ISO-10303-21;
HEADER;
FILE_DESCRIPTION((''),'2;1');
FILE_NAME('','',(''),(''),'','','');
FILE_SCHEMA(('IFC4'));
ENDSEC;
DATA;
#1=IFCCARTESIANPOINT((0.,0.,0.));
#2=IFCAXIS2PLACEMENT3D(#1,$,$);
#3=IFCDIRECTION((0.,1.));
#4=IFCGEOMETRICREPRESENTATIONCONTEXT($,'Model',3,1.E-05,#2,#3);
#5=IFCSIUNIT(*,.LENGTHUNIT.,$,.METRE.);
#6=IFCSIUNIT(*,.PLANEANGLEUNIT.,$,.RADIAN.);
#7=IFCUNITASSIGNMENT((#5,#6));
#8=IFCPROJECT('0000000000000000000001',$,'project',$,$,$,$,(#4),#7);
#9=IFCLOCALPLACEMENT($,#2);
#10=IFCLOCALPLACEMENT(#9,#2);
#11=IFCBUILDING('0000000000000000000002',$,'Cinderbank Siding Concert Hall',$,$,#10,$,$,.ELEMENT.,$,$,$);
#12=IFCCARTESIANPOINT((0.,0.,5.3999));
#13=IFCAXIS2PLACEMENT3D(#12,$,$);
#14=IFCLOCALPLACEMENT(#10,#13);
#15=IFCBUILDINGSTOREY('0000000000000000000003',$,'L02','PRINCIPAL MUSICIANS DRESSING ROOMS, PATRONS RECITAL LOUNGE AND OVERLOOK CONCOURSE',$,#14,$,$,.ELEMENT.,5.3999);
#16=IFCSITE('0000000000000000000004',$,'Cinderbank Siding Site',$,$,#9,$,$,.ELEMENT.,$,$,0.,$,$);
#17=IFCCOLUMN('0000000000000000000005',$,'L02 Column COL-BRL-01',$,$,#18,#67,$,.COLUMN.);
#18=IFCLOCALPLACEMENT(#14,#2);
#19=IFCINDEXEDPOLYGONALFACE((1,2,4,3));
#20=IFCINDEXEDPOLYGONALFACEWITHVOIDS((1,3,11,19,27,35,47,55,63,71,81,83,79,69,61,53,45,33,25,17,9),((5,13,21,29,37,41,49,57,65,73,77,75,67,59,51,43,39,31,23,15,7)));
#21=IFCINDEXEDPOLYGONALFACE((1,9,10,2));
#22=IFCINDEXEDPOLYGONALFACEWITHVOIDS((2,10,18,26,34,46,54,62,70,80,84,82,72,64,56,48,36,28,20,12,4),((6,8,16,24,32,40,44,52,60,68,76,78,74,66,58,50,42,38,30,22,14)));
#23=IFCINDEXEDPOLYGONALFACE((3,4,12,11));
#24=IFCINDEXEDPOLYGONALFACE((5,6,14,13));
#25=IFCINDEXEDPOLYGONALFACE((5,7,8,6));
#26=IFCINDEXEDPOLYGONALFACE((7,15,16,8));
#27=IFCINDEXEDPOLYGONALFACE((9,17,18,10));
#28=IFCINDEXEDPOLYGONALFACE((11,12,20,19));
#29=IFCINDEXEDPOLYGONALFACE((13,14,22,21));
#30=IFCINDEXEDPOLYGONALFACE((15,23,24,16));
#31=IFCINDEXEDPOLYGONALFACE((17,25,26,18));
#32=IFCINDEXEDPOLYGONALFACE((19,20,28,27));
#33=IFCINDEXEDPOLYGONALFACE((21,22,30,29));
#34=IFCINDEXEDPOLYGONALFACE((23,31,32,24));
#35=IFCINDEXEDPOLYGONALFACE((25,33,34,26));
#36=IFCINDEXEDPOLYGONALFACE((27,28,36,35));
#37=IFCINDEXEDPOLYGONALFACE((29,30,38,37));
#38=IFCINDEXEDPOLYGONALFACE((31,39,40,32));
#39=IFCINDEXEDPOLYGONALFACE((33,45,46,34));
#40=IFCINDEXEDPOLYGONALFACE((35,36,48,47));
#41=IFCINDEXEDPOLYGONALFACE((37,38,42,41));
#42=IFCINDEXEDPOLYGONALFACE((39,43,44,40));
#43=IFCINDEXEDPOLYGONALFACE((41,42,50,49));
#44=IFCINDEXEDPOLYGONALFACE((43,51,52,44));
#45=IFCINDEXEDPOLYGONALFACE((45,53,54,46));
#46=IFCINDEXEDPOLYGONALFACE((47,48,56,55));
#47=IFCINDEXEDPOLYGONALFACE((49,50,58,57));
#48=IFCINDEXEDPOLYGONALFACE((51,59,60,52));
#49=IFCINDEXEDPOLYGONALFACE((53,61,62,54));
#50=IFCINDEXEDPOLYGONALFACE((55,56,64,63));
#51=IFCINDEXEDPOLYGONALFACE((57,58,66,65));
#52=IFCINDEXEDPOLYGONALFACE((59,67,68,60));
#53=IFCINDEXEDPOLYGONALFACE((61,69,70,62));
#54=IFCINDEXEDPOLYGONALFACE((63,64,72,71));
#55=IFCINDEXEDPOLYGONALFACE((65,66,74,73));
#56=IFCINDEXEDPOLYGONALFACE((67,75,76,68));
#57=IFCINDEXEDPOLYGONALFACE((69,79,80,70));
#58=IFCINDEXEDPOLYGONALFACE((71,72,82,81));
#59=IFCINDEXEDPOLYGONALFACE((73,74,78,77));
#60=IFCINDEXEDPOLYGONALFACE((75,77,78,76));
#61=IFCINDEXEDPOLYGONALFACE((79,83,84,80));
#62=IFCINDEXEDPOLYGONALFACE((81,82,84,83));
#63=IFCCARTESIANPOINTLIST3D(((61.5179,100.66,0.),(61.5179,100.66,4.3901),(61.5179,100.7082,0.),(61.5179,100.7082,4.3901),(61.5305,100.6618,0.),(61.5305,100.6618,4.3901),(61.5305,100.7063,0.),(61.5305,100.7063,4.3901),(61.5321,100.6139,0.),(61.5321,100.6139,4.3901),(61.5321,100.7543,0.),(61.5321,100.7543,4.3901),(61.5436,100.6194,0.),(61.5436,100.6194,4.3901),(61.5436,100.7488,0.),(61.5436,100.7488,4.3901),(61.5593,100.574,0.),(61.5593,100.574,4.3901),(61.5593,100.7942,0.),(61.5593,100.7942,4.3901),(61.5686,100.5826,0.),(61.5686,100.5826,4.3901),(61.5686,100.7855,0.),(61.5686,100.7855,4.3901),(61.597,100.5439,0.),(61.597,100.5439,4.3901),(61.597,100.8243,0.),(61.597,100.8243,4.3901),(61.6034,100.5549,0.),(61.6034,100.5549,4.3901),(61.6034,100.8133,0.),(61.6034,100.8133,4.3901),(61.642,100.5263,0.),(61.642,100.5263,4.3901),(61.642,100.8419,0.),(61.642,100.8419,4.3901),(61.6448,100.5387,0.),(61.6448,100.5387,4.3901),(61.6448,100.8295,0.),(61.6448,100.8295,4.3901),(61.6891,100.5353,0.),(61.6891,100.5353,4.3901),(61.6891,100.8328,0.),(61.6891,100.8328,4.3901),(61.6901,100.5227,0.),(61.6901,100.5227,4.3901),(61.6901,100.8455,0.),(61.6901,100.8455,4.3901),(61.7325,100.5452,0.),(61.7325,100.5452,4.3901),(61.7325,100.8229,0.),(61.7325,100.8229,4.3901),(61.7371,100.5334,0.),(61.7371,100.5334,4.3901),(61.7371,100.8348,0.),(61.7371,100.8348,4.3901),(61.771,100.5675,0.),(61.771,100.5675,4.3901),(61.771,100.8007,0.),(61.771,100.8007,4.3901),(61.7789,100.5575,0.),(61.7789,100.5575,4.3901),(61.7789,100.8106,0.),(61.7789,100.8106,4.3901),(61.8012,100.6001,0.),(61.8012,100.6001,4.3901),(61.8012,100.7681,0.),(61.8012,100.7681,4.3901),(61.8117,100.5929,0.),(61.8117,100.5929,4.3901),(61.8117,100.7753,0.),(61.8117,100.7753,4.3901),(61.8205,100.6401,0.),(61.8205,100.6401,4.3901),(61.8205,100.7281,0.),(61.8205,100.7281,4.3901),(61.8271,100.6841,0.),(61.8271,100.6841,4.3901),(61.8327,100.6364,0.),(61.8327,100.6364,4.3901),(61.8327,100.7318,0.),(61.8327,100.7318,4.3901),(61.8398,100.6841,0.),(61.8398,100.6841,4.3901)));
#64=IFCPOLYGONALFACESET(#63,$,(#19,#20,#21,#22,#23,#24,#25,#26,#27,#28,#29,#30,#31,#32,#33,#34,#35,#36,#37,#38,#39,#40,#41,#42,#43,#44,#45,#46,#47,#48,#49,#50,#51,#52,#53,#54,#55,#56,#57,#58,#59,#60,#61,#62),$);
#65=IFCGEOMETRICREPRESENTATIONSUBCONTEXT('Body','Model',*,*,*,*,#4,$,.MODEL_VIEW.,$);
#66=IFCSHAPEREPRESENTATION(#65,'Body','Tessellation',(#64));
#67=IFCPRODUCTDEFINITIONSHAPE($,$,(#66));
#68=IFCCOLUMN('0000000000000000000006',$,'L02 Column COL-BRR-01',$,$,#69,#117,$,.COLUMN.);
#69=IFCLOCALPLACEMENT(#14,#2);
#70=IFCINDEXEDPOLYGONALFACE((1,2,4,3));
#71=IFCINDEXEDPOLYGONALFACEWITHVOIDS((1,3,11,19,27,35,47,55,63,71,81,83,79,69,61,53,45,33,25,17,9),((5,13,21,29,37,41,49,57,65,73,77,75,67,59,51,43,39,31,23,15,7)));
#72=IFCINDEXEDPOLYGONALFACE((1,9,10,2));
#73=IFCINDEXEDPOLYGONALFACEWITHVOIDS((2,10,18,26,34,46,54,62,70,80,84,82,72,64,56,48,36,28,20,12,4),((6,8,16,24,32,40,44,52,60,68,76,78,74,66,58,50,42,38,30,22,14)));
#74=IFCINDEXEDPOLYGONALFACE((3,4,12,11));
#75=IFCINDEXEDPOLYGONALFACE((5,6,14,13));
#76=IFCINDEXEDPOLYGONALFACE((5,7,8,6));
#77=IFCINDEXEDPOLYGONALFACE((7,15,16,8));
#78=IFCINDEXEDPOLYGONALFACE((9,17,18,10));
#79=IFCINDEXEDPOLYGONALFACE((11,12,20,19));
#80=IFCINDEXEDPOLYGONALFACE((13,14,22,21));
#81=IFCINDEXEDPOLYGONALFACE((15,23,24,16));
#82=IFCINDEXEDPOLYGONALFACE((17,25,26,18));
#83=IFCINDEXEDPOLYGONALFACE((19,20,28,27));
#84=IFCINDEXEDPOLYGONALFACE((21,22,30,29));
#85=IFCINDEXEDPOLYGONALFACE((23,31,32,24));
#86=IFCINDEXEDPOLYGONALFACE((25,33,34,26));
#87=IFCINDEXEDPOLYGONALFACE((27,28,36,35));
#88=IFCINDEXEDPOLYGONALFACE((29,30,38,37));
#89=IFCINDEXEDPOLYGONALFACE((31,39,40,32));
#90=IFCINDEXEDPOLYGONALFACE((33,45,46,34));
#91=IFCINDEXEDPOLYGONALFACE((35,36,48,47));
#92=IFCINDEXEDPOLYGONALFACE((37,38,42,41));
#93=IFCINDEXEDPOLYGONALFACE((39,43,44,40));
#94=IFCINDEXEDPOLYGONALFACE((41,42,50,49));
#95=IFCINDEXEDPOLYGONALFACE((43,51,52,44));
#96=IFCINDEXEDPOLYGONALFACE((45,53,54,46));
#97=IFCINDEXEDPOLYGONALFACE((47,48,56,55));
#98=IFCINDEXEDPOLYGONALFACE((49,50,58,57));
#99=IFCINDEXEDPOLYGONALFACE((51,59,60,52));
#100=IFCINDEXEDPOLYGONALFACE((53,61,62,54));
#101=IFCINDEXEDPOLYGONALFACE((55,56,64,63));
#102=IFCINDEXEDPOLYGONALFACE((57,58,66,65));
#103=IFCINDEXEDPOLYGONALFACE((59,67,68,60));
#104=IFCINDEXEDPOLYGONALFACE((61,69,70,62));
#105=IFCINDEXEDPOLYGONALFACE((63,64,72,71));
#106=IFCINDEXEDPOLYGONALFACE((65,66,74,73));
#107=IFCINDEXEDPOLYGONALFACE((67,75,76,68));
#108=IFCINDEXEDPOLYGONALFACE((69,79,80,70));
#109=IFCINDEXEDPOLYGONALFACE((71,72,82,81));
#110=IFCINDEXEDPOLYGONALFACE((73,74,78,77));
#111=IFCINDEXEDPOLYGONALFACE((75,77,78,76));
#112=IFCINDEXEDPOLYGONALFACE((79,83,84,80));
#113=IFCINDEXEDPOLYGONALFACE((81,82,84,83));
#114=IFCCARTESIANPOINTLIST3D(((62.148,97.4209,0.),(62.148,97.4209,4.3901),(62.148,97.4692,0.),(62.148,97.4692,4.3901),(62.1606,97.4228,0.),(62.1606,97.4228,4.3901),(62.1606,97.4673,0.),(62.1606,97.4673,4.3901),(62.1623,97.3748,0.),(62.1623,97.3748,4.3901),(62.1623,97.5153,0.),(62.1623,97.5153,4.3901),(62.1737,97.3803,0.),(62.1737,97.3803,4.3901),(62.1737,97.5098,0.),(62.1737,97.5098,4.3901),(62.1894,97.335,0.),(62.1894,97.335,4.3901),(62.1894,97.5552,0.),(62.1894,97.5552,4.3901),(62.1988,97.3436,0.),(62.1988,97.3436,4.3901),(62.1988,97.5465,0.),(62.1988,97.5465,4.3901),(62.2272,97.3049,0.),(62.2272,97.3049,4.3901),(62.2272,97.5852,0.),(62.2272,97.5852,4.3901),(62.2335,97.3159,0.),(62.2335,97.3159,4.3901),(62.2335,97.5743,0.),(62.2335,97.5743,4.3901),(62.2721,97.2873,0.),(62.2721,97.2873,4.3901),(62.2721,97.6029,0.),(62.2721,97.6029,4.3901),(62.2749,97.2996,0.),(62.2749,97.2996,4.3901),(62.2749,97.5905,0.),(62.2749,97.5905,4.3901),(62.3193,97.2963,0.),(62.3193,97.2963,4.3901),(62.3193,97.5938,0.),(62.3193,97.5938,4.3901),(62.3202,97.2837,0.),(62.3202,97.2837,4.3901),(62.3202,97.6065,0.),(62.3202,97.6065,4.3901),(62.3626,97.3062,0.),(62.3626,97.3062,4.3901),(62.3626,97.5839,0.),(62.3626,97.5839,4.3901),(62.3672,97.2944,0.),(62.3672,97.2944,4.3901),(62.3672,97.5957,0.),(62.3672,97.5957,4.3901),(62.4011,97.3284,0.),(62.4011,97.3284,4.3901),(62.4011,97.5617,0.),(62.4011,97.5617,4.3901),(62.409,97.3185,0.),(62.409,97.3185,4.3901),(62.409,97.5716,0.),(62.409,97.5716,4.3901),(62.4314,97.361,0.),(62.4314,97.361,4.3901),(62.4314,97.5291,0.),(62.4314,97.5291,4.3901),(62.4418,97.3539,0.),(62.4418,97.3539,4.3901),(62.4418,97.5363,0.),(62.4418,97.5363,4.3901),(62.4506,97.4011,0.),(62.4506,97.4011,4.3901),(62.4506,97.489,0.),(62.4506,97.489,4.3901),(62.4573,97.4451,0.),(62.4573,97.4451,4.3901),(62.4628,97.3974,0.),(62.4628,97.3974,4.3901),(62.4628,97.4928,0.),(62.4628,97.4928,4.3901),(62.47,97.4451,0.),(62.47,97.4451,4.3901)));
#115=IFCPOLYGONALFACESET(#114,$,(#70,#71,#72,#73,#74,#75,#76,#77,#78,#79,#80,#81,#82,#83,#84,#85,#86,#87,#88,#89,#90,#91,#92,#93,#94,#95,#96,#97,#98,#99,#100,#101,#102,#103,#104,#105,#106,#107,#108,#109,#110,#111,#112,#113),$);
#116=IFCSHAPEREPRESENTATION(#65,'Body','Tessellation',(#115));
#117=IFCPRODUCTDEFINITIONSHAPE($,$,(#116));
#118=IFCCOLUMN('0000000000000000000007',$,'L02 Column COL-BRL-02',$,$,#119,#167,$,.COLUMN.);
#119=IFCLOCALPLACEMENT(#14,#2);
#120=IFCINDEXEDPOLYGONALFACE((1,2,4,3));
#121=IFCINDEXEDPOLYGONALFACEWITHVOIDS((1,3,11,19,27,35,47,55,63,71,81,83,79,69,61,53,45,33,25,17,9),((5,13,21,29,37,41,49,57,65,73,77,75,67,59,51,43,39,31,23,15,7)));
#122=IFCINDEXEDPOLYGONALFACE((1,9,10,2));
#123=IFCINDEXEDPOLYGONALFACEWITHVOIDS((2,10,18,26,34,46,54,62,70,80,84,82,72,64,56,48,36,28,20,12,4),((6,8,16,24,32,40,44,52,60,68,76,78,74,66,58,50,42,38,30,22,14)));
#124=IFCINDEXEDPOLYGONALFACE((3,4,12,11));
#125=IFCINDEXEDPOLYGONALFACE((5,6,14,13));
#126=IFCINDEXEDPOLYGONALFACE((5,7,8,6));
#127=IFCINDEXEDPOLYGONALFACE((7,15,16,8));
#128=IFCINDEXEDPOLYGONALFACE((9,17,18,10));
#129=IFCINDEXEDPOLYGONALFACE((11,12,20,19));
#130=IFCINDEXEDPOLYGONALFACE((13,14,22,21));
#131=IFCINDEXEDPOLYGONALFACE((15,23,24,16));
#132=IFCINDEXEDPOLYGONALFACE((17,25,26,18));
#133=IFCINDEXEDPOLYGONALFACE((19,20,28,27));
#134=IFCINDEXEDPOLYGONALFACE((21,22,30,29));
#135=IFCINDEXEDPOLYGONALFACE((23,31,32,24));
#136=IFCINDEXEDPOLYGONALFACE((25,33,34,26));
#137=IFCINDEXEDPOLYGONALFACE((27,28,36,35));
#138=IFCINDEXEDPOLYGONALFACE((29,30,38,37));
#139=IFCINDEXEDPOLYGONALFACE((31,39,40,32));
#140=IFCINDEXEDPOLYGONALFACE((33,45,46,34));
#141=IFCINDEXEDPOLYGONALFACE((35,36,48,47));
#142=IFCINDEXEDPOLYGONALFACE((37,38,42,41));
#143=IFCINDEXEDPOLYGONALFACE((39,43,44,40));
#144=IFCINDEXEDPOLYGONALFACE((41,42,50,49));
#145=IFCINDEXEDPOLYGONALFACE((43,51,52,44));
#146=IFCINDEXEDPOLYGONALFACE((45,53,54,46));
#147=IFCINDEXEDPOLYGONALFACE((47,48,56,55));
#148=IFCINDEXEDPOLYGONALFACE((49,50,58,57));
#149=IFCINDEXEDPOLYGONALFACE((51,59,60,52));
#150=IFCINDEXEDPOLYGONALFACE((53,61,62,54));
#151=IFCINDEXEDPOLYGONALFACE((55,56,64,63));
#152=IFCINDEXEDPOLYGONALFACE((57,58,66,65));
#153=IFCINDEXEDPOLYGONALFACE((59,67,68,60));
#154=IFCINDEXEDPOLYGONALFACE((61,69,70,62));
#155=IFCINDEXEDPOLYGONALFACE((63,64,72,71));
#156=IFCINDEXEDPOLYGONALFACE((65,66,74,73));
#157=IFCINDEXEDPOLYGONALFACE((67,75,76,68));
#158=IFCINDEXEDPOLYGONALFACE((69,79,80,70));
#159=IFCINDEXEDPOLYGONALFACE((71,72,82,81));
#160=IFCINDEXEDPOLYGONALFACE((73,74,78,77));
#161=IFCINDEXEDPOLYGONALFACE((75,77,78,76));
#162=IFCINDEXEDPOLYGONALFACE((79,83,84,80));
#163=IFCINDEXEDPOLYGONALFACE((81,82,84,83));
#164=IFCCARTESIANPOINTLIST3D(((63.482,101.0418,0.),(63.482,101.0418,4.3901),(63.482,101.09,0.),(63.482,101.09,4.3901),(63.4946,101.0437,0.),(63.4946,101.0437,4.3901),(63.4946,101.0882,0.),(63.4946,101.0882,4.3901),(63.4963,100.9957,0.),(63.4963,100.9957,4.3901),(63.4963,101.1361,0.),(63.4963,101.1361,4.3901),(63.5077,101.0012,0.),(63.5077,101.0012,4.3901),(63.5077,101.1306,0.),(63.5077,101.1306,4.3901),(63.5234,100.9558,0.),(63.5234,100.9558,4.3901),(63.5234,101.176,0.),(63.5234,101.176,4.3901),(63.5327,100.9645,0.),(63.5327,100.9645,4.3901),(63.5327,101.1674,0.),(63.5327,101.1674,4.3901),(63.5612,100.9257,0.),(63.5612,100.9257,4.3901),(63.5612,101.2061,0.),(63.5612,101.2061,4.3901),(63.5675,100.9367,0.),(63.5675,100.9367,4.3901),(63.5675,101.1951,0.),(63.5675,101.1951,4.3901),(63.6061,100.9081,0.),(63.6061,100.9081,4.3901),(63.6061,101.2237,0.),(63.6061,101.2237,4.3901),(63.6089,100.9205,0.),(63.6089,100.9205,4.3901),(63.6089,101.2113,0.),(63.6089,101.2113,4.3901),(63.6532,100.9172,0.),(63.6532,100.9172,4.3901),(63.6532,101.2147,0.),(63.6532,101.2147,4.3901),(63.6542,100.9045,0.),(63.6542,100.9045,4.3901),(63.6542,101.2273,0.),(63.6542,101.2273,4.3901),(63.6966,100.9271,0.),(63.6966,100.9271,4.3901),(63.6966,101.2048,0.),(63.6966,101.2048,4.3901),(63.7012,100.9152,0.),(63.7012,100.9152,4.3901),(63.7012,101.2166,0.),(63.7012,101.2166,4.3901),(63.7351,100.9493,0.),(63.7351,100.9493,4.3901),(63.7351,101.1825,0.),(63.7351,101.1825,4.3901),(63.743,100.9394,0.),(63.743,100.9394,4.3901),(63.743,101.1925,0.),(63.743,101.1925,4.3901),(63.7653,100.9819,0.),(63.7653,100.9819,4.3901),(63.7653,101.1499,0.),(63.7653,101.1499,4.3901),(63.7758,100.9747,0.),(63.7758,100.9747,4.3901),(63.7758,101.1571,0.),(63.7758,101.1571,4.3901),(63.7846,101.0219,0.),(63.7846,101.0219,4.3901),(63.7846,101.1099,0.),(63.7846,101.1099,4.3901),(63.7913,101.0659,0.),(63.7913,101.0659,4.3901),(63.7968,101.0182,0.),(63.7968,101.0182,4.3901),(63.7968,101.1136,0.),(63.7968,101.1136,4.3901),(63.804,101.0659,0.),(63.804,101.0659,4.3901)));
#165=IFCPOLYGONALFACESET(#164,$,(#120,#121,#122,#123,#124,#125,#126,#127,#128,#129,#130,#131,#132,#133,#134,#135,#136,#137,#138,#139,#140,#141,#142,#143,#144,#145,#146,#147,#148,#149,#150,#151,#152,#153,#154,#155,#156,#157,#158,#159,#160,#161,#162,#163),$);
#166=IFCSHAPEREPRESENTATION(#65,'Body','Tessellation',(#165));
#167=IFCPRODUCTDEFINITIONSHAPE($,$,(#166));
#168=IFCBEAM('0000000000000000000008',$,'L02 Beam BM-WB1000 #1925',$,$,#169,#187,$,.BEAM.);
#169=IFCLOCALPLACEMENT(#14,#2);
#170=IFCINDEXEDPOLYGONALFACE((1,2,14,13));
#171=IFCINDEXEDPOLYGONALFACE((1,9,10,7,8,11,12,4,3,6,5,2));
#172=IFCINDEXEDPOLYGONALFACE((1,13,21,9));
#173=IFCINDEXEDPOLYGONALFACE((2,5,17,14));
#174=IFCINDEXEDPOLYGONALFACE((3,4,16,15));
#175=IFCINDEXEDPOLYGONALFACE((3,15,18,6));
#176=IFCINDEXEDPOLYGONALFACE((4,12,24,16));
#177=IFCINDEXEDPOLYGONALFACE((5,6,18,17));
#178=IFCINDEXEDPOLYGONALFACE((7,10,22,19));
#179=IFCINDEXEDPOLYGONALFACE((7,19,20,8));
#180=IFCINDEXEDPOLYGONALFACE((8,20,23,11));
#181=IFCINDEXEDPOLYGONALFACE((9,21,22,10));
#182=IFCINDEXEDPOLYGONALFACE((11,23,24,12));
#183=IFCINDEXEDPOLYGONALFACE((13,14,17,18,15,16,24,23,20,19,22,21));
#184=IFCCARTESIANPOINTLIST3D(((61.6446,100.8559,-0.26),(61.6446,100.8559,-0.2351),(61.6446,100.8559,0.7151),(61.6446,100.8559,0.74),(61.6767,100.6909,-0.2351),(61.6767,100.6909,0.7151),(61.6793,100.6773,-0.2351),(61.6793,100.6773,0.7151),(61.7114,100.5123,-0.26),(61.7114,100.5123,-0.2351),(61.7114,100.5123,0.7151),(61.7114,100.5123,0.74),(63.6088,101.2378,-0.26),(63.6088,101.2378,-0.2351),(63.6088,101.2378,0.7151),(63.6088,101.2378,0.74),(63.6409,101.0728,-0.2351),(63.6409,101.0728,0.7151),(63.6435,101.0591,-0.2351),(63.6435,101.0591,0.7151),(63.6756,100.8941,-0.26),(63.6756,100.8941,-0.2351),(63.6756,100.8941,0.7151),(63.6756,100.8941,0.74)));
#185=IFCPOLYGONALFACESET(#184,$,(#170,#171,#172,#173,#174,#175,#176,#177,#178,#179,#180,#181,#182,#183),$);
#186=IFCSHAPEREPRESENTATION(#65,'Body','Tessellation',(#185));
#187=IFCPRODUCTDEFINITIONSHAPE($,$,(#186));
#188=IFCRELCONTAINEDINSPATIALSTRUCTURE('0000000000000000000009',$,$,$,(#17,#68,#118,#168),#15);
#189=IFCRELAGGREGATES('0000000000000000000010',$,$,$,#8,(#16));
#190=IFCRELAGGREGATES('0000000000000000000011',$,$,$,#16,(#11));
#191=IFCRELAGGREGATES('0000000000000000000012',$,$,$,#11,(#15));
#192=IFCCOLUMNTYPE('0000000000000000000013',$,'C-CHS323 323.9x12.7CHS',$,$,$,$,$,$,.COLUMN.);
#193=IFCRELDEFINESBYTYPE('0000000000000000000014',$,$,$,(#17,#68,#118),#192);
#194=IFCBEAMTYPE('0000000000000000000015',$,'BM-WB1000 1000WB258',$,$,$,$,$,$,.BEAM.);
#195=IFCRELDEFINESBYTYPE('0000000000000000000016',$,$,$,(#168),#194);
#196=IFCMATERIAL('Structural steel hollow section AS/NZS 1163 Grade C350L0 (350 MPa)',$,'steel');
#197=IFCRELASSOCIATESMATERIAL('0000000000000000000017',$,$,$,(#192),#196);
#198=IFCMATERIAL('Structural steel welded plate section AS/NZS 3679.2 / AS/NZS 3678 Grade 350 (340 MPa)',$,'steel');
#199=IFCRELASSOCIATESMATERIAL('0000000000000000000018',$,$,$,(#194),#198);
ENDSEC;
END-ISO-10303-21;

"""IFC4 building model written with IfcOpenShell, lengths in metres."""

from ifc_helpers import new_model, si_unit, direction, frame, origin, origin_2d, place, context, subcontext, project, spatial, hollow_circle, i_section, extrude, material, material_profile, profile_set, type_object, element, save


model = new_model("IFC4")

# Units and contexts
model_context = context("Model", 3, precision=1e-05, world=origin(), true_north=direction((0.0, 1.0)))
body_context = subcontext(model_context, "Body", "Model", "MODEL_VIEW")
ifc_project = project(units=[si_unit("LENGTHUNIT", "METRE"), si_unit("PLANEANGLEUNIT", "RADIAN")], contexts=[model_context])

# Site, building, storey
site_placement = place(None, origin())
site = spatial("IfcSite", under=ifc_project, at=site_placement, Name="Cinderbank Siding Site", CompositionType="ELEMENT", RefElevation=0.0)
building_placement = place(site_placement, origin())
building = spatial("IfcBuilding", under=site, at=building_placement, Name="Cinderbank Siding Concert Hall", CompositionType="ELEMENT")
storey_placement = place(building_placement, frame((0.0, 0.0, 5.3999)))
storey = spatial("IfcBuildingStorey", under=building, at=storey_placement, Name="L02", Description="PRINCIPAL MUSICIANS DRESSING ROOMS, PATRONS RECITAL LOUNGE AND OVERLOOK CONCOURSE", CompositionType="ELEMENT", Elevation=5.3999)

# Columns
ifc_material_1 = material(Name="Structural steel hollow section AS/NZS 1163 Grade C350L0 (350 MPa)", Category="steel")
ifc_material_profile_1 = material_profile(ifc_material_1, hollow_circle(Radius=0.1619, WallThickness=0.0127, at=origin_2d()), Name="323.9x12.7CHS", Category="LoadBearing")
ifc_profile_set_1 = profile_set([ifc_material_profile_1], Name="Structural steel hollow section AS/NZS 1163 Grade C350L0 (350 MPa)")
column_type = type_object("IfcColumnType", Name="C-CHS323 323.9x12.7CHS", PredefinedType="COLUMN", material=ifc_profile_set_1)
for number, where, z_axis, x_axis, name in (
    (1, (61.678, 100.6841, 0.0), (0.0, 0.0, 1.0), (1.0, 0.0, 0.0), "L02 Column COL-BRL-01"),
    (2, (62.3081, 97.4451, 0.0), (0.0, 0.0, 1.0), (1.0, 0.0, 0.0), "L02 Column COL-BRR-01"),
    (3, (63.6421, 101.0659, 0.0), (0.0, 0.0, 1.0), (1.0, 0.0, 0.0), "L02 Column COL-BRL-02"),
):
    element("IfcColumn", number, at=place(storey_placement, frame(where, z_axis=z_axis, x_axis=x_axis)), inside=storey, type_object=column_type, Name=name, PredefinedType="COLUMN", context=body_context, shape_type="SweptSolid", body=[
        extrude(hollow_circle(Radius=0.1619, WallThickness=0.0127, at=origin_2d()), origin(), (0.0, 0.0, 1.0), 4.3901),
    ])

# Beam
ifc_material_2 = material(Name="Structural steel welded plate section AS/NZS 3679.2 / AS/NZS 3678 Grade 350 (340 MPa)", Category="steel")
ifc_material_profile_2 = material_profile(ifc_material_2, i_section(OverallWidth=0.3501, OverallDepth=1.0, WebThickness=0.0139, FlangeThickness=0.0249, at=origin_2d()), Name="1000WB258", Category="LoadBearing")
ifc_profile_set_2 = profile_set([ifc_material_profile_2], Name="Structural steel welded plate section AS/NZS 3679.2 / AS/NZS 3678 Grade 350 (340 MPa)")
beam_type_1 = type_object("IfcBeamType", Name="BM-WB1000 1000WB258", PredefinedType="BEAM", material=ifc_profile_set_2)
beam_1_placement = place(storey_placement, frame((61.678, 100.6841, 0.24), z_axis=(0.981622, 0.190834, 0.0), x_axis=(-0.190834, 0.981622, 0.0)))
element("IfcBeam", 4, at=beam_1_placement, inside=storey, type_object=beam_type_1, Name="L02 Beam BM-WB1000 #1925", PredefinedType="BEAM", context=body_context, shape_type="SweptSolid", body=[
    extrude(i_section(OverallWidth=0.3501, OverallDepth=1.0, WebThickness=0.0139, FlangeThickness=0.0249, at=origin_2d()), origin(), (0.0, 0.0, 1.0), 2.001),
])

save(model, "model.ifc")
